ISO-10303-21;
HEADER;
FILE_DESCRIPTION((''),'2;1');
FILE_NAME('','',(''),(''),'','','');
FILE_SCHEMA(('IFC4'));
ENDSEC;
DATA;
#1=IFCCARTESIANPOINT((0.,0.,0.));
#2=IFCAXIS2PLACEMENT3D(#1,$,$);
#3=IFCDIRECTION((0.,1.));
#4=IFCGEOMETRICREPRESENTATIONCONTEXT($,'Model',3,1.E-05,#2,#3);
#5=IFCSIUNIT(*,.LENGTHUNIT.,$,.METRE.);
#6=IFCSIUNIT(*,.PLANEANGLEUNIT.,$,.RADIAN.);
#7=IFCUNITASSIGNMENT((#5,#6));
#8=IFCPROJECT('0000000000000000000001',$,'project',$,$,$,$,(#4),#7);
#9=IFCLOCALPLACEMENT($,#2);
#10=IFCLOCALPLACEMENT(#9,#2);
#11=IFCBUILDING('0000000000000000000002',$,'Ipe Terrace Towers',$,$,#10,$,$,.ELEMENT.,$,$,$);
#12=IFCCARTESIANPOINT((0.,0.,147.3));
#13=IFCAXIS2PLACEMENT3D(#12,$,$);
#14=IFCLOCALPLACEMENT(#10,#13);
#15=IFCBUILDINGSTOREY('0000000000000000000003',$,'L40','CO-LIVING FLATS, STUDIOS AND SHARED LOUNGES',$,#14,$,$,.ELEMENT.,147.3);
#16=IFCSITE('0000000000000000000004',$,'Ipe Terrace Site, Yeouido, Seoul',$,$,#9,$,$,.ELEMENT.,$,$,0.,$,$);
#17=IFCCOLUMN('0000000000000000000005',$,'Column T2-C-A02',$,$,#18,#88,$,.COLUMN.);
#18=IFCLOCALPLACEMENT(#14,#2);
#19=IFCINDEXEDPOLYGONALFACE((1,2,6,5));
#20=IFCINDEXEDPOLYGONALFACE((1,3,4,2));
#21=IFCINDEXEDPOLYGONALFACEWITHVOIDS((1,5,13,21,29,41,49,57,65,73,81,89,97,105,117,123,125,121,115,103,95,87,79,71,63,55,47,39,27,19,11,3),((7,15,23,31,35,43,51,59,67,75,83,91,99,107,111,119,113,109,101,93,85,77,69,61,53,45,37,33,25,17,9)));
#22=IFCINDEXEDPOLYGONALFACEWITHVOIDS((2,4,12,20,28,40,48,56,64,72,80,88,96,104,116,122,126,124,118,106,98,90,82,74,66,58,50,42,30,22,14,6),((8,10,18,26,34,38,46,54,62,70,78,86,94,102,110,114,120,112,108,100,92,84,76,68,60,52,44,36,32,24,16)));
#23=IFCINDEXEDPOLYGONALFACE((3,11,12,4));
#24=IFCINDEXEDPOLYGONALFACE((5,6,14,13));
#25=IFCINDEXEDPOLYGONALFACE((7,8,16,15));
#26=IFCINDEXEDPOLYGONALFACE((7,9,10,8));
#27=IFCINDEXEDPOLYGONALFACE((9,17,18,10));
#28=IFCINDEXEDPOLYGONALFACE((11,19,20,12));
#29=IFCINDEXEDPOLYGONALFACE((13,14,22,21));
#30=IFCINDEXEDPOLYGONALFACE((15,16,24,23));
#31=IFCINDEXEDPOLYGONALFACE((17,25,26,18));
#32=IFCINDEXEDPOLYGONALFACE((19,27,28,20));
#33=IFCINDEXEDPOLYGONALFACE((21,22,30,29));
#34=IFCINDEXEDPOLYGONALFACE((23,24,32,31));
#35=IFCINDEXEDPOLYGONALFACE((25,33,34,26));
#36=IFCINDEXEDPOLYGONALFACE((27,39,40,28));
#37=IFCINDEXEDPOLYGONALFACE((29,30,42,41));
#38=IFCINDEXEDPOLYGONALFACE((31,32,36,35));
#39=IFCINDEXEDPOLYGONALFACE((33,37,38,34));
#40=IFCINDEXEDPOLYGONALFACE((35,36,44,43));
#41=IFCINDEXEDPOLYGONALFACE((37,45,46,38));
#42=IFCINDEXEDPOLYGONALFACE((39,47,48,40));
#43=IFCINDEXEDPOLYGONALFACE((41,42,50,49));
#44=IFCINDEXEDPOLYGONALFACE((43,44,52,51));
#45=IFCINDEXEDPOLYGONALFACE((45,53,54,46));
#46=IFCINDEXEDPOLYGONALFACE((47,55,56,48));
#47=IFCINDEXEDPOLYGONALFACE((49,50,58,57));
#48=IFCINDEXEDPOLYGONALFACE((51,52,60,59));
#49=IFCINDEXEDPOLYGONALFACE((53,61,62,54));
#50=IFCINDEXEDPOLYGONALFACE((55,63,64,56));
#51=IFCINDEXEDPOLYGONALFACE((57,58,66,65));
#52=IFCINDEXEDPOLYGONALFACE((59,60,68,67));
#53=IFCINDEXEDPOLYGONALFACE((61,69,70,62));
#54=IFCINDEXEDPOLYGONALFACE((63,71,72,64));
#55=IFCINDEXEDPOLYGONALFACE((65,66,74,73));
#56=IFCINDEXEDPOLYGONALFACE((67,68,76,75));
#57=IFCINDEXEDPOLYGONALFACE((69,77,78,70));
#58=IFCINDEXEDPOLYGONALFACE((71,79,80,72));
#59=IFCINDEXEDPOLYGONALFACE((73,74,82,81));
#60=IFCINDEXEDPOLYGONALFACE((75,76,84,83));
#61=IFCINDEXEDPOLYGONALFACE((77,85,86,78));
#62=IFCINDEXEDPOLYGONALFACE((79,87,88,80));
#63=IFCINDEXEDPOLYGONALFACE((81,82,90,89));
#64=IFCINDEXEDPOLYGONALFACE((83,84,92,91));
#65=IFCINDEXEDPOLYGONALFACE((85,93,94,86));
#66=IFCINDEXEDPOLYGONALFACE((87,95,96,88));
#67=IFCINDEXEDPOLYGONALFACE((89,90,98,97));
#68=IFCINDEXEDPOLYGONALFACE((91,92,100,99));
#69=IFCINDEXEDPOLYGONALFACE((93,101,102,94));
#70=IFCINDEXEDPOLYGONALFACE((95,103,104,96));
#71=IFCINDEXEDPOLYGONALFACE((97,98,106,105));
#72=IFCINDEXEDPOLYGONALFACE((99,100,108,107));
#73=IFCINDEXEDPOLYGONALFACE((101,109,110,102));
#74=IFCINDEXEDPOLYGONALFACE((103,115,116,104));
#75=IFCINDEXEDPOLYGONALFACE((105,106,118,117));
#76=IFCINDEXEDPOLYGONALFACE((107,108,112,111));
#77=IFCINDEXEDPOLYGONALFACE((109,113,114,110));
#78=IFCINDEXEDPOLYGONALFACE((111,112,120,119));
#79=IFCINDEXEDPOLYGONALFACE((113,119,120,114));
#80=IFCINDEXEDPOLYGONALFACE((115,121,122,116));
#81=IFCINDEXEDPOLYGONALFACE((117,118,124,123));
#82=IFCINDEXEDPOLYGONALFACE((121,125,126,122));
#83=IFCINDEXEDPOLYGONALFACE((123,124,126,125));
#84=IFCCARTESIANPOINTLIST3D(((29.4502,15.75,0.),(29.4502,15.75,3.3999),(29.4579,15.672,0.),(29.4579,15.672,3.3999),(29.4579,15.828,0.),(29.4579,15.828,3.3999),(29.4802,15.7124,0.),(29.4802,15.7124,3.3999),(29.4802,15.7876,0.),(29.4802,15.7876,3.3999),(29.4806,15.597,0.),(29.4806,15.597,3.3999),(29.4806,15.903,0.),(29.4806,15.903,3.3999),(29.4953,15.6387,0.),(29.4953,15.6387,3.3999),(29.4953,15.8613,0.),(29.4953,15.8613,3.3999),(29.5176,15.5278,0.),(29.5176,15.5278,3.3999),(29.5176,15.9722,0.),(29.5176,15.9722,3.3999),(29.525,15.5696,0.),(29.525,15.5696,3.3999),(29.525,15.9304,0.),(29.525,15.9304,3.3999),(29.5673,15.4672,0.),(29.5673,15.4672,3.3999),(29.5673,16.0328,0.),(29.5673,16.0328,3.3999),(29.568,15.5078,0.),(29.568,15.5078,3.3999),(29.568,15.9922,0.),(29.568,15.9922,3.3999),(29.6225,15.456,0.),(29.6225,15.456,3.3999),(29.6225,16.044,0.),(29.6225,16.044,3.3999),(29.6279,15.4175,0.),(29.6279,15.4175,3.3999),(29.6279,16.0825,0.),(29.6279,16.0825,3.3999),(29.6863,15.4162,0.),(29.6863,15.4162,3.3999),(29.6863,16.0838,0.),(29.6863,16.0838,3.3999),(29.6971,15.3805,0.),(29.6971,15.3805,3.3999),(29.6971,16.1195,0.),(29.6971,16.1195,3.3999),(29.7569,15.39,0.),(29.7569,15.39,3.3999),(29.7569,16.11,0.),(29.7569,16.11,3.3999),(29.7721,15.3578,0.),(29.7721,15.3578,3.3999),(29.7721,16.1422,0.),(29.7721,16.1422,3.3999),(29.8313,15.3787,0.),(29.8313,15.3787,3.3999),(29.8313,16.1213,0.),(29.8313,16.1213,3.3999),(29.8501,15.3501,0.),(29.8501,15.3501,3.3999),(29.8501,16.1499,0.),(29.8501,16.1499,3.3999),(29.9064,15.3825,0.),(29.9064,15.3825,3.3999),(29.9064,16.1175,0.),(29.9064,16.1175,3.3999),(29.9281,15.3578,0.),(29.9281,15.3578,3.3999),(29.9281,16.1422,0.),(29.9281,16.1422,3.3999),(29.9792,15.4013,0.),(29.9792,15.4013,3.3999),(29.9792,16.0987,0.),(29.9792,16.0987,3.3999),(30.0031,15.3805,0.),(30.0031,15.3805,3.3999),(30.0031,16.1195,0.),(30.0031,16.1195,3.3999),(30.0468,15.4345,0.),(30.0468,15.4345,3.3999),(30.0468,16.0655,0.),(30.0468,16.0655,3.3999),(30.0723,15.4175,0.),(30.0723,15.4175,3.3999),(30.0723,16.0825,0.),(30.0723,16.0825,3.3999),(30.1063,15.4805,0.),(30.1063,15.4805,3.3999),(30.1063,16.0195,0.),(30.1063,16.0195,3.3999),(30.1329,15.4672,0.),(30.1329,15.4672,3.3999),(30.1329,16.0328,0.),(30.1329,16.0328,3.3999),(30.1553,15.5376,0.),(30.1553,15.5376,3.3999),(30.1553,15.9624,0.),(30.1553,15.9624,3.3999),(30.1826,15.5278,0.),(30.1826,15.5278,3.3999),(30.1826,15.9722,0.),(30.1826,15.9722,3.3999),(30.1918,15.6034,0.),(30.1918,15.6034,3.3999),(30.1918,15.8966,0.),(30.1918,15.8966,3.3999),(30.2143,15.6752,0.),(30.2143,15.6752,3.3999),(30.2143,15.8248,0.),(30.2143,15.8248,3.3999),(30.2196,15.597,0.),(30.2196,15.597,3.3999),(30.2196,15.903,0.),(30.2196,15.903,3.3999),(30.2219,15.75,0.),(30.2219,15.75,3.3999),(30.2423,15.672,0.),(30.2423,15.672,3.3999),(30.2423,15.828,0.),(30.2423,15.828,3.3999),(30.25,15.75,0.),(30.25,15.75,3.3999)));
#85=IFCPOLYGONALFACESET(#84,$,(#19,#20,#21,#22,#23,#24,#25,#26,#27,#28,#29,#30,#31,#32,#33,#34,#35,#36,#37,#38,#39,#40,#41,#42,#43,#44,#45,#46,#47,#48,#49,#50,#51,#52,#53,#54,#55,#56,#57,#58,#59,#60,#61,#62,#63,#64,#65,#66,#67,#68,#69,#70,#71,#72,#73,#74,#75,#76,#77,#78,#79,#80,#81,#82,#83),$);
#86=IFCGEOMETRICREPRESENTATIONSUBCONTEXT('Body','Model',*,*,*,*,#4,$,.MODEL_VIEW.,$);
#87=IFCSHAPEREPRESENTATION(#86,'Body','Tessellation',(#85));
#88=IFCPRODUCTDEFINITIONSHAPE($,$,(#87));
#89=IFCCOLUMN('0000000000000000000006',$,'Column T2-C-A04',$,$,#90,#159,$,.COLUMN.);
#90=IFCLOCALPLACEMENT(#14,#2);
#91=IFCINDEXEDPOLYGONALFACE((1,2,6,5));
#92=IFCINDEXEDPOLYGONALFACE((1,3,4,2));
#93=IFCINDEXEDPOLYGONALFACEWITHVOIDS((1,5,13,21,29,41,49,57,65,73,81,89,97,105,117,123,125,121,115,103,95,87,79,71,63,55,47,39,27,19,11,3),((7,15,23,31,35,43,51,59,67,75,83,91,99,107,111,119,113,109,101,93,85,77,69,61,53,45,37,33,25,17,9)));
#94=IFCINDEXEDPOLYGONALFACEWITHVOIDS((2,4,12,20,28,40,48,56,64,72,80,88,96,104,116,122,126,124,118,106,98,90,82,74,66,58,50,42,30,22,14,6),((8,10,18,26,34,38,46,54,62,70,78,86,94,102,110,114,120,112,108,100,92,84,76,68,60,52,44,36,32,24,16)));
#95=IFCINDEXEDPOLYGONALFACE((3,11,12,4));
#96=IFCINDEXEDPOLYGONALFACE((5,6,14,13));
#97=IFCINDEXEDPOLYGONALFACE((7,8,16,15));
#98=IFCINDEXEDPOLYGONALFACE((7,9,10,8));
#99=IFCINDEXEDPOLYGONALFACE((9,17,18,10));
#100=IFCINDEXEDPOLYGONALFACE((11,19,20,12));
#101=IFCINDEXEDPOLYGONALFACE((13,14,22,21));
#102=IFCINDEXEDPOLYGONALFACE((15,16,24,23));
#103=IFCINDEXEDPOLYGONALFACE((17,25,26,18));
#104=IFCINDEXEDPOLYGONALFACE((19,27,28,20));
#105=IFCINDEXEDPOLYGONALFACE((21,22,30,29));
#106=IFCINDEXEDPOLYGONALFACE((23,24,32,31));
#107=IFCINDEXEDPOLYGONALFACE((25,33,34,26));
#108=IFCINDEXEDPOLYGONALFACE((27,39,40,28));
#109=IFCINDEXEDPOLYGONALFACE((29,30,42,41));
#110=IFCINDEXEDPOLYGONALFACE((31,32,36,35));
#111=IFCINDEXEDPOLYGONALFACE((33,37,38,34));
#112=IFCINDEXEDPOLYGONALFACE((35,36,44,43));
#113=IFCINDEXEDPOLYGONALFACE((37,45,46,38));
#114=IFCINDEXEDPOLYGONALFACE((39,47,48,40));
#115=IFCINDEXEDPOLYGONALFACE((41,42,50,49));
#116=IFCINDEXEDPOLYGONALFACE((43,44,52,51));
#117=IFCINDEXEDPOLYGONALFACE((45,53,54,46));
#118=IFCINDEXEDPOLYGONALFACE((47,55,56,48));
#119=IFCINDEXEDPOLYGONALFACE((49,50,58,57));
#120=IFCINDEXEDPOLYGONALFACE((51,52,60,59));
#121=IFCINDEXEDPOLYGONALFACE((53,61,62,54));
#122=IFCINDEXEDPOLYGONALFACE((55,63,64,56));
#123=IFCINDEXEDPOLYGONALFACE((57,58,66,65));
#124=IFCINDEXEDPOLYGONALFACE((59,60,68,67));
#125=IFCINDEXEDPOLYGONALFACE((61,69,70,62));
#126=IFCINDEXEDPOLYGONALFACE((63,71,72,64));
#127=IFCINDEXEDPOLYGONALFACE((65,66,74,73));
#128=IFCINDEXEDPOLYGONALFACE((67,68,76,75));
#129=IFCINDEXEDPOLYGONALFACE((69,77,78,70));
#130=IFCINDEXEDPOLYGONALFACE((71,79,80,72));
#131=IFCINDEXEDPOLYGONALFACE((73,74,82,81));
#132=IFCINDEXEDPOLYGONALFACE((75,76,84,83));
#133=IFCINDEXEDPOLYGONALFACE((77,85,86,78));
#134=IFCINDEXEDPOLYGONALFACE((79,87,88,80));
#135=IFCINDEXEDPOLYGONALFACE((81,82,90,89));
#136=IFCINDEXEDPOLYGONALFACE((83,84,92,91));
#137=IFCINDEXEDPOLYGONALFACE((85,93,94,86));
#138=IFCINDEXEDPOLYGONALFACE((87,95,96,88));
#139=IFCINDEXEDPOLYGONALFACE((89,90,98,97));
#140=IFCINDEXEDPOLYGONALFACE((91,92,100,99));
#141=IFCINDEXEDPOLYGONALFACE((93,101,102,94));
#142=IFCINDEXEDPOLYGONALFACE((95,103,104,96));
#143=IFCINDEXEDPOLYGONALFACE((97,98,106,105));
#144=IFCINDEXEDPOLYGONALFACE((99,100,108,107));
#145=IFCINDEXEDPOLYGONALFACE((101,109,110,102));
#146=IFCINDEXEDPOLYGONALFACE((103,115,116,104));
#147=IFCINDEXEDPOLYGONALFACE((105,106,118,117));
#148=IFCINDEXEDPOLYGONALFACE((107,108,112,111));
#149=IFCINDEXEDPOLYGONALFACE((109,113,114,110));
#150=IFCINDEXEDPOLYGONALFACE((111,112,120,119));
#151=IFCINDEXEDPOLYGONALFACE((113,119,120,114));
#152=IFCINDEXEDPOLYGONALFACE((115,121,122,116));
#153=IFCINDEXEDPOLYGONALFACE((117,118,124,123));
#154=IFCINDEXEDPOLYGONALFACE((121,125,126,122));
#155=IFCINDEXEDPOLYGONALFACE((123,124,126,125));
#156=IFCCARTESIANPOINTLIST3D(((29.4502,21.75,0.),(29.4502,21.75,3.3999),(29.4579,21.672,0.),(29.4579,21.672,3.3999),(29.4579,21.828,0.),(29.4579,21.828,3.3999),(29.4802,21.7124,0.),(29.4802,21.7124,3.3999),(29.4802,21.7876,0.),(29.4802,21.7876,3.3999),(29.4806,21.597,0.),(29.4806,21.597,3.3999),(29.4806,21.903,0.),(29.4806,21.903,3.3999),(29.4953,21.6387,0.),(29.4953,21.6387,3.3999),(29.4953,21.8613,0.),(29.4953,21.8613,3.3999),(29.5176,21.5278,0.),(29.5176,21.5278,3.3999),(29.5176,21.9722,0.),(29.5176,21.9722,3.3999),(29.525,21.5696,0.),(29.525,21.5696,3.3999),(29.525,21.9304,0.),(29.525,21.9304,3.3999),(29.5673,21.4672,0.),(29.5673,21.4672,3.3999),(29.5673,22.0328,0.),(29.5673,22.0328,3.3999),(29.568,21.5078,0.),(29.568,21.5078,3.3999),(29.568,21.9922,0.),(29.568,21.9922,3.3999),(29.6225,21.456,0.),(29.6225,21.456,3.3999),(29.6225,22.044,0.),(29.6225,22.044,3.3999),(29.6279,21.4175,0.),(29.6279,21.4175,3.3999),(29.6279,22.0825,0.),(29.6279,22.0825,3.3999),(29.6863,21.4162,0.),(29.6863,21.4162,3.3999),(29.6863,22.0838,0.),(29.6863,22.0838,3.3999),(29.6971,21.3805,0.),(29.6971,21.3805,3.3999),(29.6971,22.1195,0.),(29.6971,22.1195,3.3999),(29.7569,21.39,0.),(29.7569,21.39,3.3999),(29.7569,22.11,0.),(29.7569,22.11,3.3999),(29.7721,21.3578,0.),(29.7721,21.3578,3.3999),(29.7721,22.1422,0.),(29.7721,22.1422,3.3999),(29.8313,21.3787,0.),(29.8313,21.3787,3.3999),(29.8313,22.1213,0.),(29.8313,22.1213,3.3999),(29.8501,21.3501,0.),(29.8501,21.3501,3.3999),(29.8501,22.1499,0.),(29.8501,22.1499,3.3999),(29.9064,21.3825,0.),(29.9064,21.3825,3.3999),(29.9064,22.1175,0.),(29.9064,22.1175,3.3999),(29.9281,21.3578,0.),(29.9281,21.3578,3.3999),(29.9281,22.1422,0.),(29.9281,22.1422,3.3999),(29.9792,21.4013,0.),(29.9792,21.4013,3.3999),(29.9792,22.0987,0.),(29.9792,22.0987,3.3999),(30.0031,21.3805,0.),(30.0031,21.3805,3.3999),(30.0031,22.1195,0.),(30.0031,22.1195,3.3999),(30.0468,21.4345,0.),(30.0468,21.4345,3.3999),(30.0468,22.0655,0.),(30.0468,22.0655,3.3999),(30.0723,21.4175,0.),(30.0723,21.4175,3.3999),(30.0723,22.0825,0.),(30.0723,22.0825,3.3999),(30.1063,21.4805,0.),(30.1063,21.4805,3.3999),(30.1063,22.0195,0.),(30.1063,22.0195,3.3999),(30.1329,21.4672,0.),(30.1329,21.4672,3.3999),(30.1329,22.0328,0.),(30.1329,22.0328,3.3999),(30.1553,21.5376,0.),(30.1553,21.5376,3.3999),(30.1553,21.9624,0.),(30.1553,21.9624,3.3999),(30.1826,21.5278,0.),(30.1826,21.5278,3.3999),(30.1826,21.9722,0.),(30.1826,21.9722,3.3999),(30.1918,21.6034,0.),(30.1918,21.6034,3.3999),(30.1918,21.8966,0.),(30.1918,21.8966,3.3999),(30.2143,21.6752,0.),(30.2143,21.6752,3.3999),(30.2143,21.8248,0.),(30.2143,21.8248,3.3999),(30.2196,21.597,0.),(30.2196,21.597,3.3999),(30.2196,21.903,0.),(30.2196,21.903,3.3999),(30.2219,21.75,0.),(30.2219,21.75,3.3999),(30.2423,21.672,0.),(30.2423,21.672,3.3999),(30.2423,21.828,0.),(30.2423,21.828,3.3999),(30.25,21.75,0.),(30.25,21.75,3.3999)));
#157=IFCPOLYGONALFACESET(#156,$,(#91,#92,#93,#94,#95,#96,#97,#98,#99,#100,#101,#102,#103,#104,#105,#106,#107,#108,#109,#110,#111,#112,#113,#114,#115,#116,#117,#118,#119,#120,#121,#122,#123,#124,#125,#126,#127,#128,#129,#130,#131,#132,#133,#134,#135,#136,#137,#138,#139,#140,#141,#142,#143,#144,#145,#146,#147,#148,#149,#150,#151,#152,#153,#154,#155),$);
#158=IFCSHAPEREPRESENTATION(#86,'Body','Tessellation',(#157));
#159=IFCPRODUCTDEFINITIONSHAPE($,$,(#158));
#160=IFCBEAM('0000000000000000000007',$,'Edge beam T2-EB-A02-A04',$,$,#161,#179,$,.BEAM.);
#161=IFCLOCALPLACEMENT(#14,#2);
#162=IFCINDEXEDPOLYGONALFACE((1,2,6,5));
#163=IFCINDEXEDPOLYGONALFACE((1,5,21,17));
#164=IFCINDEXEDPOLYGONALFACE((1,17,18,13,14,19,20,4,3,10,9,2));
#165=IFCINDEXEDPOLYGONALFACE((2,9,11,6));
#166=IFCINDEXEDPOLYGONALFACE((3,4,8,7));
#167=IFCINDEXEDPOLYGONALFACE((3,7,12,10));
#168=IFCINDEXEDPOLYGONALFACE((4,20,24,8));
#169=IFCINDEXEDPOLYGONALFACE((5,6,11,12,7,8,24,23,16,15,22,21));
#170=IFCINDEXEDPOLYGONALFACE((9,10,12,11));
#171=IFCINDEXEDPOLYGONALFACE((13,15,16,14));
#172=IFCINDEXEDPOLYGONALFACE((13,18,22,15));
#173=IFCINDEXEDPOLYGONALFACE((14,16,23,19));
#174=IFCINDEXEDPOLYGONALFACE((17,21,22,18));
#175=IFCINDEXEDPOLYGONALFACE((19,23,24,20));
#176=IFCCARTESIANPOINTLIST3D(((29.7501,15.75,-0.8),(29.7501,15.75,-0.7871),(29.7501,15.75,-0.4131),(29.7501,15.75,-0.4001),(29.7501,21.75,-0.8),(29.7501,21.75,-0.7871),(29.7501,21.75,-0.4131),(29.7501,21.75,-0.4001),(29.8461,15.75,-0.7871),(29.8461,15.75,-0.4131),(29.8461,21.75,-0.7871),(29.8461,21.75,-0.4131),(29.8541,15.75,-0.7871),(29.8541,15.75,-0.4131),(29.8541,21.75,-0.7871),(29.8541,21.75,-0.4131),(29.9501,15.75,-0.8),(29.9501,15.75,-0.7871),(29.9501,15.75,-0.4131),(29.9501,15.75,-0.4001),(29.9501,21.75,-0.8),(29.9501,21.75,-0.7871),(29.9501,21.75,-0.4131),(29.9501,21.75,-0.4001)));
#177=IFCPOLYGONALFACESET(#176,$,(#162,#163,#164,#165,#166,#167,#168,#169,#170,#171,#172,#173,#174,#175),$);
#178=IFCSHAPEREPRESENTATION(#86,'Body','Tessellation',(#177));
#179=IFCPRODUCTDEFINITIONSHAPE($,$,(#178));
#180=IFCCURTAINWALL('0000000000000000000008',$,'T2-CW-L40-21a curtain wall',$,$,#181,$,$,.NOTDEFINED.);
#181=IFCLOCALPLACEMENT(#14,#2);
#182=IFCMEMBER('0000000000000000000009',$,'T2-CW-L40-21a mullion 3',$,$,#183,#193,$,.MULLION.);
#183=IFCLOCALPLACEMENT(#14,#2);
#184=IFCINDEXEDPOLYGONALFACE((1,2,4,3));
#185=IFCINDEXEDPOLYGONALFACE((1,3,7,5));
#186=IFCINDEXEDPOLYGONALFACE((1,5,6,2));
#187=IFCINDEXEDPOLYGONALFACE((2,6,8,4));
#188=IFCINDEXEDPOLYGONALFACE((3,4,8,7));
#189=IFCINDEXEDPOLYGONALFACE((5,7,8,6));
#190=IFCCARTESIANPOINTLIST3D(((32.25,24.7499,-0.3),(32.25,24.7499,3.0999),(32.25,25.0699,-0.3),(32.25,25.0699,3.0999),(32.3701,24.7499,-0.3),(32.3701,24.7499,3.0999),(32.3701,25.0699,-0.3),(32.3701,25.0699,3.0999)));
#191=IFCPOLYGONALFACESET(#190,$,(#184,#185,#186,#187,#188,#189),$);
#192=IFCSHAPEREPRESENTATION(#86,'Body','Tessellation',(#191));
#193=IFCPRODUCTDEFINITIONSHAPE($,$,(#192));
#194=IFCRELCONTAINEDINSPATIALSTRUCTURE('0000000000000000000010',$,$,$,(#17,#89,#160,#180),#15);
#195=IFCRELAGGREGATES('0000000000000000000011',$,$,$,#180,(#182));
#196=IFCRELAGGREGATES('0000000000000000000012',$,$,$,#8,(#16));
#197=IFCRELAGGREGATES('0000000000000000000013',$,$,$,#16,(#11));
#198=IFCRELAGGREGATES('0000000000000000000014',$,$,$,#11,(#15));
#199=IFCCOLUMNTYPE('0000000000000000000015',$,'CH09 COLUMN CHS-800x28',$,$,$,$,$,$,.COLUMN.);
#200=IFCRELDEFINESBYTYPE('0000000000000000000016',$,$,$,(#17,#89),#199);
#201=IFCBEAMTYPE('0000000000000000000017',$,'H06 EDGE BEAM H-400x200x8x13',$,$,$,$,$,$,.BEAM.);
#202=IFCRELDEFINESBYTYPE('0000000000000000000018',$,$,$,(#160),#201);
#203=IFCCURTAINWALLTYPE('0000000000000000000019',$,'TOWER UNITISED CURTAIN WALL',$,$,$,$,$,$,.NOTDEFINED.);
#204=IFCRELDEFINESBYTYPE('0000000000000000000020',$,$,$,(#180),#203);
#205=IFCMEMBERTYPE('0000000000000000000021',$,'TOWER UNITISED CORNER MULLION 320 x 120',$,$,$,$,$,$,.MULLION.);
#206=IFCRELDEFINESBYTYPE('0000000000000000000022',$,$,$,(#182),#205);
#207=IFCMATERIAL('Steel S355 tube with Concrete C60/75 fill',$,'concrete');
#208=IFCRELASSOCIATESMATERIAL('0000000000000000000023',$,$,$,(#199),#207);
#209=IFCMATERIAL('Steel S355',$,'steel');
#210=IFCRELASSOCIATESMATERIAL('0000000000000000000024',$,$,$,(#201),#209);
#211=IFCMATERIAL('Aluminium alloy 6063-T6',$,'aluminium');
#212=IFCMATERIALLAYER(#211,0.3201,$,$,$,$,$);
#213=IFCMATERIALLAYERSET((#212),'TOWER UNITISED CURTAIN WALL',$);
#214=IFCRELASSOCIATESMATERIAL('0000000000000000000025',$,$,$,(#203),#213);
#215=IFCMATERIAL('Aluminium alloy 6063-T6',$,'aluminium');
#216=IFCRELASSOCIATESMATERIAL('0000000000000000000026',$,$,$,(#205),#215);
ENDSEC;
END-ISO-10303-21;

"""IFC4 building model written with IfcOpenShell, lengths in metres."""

from ifc_helpers import new_model, si_unit, direction, frame, origin, origin_2d, place, context, subcontext, project, spatial, rectangle, hollow_circle, i_section, extrude, material, layer, layer_set, material_profile, profile_set, type_object, element, aggregate, save


model = new_model("IFC4")

# Units and contexts
model_context = context("Model", 3, precision=1e-05, world=origin(), true_north=direction((0.0, 1.0)))
body_context = subcontext(model_context, "Body", "Model", "MODEL_VIEW")
ifc_project = project(units=[si_unit("LENGTHUNIT", "METRE"), si_unit("PLANEANGLEUNIT", "RADIAN")], contexts=[model_context])

# Site, building, storey
site_placement = place(None, origin())
site = spatial("IfcSite", under=ifc_project, at=site_placement, Name="Ipe Terrace Site, Yeouido, Seoul", CompositionType="ELEMENT", RefElevation=0.0)
building_placement = place(site_placement, origin())
building = spatial("IfcBuilding", under=site, at=building_placement, Name="Ipe Terrace Towers", CompositionType="ELEMENT")
storey_placement = place(building_placement, frame((0.0, 0.0, 147.3)))
storey = spatial("IfcBuildingStorey", under=building, at=storey_placement, Name="L40", Description="CO-LIVING FLATS, STUDIOS AND SHARED LOUNGES", CompositionType="ELEMENT", Elevation=147.3)

# Columns
ifc_material_1 = material(Name="Steel S355 tube with Concrete C60/75 fill", Category="concrete")
ifc_material_profile_1 = material_profile(ifc_material_1, hollow_circle(Radius=0.3999, WallThickness=0.0281, at=origin_2d()), Name="CHS-800x28")
ifc_profile_set_1 = profile_set([ifc_material_profile_1], Name="Steel S355 tube with Concrete C60/75 fill")
column_type = type_object("IfcColumnType", Name="CH09 COLUMN CHS-800x28", PredefinedType="COLUMN", material=ifc_profile_set_1)
for number, where, z_axis, x_axis, name in (
    (1, (29.8501, 15.75, 0.0), (0.0, 0.0, 1.0), (1.0, 0.0, 0.0), "Column T2-C-A02"),
    (2, (29.8501, 21.75, 0.0), (0.0, 0.0, 1.0), (1.0, 0.0, 0.0), "Column T2-C-A04"),
):
    element("IfcColumn", number, at=place(storey_placement, frame(where, z_axis=z_axis, x_axis=x_axis)), inside=storey, type_object=column_type, Name=name, PredefinedType="COLUMN", context=body_context, shape_type="SweptSolid", body=[
        extrude(hollow_circle(Radius=0.3999, WallThickness=0.0281, at=origin_2d()), origin(), (0.0, 0.0, 1.0), 3.3999),
    ])

# Beam
ifc_material_2 = material(Name="Steel S355", Category="steel")
ifc_material_profile_2 = material_profile(ifc_material_2, i_section(OverallWidth=0.2, OverallDepth=0.3999, WebThickness=0.0081, FlangeThickness=0.0129, at=origin_2d()), Name="H-400x200x8x13")
ifc_profile_set_2 = profile_set([ifc_material_profile_2], Name="Steel S355")
beam_type = type_object("IfcBeamType", Name="H06 EDGE BEAM H-400x200x8x13", PredefinedType="BEAM", material=ifc_profile_set_2)
beam_placement = place(storey_placement, frame((29.8501, 15.75, -0.6001), z_axis=(0.0, 1.0, 0.0), x_axis=(-1.0, 0.0, 0.0)))
element("IfcBeam", 3, at=beam_placement, inside=storey, type_object=beam_type, Name="Edge beam T2-EB-A02-A04", PredefinedType="BEAM", context=body_context, shape_type="SweptSolid", body=[
    extrude(i_section(OverallWidth=0.2, OverallDepth=0.3999, WebThickness=0.0081, FlangeThickness=0.0129, at=origin_2d()), origin(), (0.0, 0.0, 1.0), 6.0),
])

# Curtain wall, member
ifc_material_3 = material(Name="Aluminium alloy 6063-T6", Category="aluminium")
ifc_layer_1 = layer(ifc_material_3, 0.3201)
ifc_layer_set_1 = layer_set([ifc_layer_1], Name="TOWER UNITISED CURTAIN WALL")
curtain_wall_type = type_object("IfcCurtainWallType", Name="TOWER UNITISED CURTAIN WALL", PredefinedType="NOTDEFINED", material=ifc_layer_set_1)
curtain_wall_1_placement = place(storey_placement, origin())
curtain_wall_1 = element("IfcCurtainWall", 4, at=curtain_wall_1_placement, inside=storey, type_object=curtain_wall_type, Name="T2-CW-L40-21a curtain wall", PredefinedType="NOTDEFINED")
ifc_material_4 = material(Name="Aluminium alloy 6063-T6", Category="aluminium")
ifc_material_profile_3 = material_profile(ifc_material_4, rectangle(XDim=0.3201, YDim=0.1201, at=origin_2d()), Name="TOWER UNITISED CORNER MULLION 320 x 120")
ifc_profile_set_3 = profile_set([ifc_material_profile_3], Name="Aluminium alloy 6063-T6")
member_type = type_object("IfcMemberType", Name="TOWER UNITISED CORNER MULLION 320 x 120", PredefinedType="MULLION", material=ifc_profile_set_3)
member_1_placement = place(storey_placement, frame((32.3101, 24.9099, -0.3), z_axis=(0.0, 0.0, 1.0), x_axis=(0.0, 1.0, 0.0)))
member_1 = element("IfcMember", 5, at=member_1_placement, type_object=member_type, Name="T2-CW-L40-21a mullion 3", PredefinedType="MULLION", context=body_context, shape_type="SweptSolid", body=[
    extrude(rectangle(XDim=0.3201, YDim=0.1201, at=origin_2d()), origin(), (0.0, 0.0, 1.0), 3.3999),
])
aggregate(curtain_wall_1, [member_1])

save(model, "model.ifc")
